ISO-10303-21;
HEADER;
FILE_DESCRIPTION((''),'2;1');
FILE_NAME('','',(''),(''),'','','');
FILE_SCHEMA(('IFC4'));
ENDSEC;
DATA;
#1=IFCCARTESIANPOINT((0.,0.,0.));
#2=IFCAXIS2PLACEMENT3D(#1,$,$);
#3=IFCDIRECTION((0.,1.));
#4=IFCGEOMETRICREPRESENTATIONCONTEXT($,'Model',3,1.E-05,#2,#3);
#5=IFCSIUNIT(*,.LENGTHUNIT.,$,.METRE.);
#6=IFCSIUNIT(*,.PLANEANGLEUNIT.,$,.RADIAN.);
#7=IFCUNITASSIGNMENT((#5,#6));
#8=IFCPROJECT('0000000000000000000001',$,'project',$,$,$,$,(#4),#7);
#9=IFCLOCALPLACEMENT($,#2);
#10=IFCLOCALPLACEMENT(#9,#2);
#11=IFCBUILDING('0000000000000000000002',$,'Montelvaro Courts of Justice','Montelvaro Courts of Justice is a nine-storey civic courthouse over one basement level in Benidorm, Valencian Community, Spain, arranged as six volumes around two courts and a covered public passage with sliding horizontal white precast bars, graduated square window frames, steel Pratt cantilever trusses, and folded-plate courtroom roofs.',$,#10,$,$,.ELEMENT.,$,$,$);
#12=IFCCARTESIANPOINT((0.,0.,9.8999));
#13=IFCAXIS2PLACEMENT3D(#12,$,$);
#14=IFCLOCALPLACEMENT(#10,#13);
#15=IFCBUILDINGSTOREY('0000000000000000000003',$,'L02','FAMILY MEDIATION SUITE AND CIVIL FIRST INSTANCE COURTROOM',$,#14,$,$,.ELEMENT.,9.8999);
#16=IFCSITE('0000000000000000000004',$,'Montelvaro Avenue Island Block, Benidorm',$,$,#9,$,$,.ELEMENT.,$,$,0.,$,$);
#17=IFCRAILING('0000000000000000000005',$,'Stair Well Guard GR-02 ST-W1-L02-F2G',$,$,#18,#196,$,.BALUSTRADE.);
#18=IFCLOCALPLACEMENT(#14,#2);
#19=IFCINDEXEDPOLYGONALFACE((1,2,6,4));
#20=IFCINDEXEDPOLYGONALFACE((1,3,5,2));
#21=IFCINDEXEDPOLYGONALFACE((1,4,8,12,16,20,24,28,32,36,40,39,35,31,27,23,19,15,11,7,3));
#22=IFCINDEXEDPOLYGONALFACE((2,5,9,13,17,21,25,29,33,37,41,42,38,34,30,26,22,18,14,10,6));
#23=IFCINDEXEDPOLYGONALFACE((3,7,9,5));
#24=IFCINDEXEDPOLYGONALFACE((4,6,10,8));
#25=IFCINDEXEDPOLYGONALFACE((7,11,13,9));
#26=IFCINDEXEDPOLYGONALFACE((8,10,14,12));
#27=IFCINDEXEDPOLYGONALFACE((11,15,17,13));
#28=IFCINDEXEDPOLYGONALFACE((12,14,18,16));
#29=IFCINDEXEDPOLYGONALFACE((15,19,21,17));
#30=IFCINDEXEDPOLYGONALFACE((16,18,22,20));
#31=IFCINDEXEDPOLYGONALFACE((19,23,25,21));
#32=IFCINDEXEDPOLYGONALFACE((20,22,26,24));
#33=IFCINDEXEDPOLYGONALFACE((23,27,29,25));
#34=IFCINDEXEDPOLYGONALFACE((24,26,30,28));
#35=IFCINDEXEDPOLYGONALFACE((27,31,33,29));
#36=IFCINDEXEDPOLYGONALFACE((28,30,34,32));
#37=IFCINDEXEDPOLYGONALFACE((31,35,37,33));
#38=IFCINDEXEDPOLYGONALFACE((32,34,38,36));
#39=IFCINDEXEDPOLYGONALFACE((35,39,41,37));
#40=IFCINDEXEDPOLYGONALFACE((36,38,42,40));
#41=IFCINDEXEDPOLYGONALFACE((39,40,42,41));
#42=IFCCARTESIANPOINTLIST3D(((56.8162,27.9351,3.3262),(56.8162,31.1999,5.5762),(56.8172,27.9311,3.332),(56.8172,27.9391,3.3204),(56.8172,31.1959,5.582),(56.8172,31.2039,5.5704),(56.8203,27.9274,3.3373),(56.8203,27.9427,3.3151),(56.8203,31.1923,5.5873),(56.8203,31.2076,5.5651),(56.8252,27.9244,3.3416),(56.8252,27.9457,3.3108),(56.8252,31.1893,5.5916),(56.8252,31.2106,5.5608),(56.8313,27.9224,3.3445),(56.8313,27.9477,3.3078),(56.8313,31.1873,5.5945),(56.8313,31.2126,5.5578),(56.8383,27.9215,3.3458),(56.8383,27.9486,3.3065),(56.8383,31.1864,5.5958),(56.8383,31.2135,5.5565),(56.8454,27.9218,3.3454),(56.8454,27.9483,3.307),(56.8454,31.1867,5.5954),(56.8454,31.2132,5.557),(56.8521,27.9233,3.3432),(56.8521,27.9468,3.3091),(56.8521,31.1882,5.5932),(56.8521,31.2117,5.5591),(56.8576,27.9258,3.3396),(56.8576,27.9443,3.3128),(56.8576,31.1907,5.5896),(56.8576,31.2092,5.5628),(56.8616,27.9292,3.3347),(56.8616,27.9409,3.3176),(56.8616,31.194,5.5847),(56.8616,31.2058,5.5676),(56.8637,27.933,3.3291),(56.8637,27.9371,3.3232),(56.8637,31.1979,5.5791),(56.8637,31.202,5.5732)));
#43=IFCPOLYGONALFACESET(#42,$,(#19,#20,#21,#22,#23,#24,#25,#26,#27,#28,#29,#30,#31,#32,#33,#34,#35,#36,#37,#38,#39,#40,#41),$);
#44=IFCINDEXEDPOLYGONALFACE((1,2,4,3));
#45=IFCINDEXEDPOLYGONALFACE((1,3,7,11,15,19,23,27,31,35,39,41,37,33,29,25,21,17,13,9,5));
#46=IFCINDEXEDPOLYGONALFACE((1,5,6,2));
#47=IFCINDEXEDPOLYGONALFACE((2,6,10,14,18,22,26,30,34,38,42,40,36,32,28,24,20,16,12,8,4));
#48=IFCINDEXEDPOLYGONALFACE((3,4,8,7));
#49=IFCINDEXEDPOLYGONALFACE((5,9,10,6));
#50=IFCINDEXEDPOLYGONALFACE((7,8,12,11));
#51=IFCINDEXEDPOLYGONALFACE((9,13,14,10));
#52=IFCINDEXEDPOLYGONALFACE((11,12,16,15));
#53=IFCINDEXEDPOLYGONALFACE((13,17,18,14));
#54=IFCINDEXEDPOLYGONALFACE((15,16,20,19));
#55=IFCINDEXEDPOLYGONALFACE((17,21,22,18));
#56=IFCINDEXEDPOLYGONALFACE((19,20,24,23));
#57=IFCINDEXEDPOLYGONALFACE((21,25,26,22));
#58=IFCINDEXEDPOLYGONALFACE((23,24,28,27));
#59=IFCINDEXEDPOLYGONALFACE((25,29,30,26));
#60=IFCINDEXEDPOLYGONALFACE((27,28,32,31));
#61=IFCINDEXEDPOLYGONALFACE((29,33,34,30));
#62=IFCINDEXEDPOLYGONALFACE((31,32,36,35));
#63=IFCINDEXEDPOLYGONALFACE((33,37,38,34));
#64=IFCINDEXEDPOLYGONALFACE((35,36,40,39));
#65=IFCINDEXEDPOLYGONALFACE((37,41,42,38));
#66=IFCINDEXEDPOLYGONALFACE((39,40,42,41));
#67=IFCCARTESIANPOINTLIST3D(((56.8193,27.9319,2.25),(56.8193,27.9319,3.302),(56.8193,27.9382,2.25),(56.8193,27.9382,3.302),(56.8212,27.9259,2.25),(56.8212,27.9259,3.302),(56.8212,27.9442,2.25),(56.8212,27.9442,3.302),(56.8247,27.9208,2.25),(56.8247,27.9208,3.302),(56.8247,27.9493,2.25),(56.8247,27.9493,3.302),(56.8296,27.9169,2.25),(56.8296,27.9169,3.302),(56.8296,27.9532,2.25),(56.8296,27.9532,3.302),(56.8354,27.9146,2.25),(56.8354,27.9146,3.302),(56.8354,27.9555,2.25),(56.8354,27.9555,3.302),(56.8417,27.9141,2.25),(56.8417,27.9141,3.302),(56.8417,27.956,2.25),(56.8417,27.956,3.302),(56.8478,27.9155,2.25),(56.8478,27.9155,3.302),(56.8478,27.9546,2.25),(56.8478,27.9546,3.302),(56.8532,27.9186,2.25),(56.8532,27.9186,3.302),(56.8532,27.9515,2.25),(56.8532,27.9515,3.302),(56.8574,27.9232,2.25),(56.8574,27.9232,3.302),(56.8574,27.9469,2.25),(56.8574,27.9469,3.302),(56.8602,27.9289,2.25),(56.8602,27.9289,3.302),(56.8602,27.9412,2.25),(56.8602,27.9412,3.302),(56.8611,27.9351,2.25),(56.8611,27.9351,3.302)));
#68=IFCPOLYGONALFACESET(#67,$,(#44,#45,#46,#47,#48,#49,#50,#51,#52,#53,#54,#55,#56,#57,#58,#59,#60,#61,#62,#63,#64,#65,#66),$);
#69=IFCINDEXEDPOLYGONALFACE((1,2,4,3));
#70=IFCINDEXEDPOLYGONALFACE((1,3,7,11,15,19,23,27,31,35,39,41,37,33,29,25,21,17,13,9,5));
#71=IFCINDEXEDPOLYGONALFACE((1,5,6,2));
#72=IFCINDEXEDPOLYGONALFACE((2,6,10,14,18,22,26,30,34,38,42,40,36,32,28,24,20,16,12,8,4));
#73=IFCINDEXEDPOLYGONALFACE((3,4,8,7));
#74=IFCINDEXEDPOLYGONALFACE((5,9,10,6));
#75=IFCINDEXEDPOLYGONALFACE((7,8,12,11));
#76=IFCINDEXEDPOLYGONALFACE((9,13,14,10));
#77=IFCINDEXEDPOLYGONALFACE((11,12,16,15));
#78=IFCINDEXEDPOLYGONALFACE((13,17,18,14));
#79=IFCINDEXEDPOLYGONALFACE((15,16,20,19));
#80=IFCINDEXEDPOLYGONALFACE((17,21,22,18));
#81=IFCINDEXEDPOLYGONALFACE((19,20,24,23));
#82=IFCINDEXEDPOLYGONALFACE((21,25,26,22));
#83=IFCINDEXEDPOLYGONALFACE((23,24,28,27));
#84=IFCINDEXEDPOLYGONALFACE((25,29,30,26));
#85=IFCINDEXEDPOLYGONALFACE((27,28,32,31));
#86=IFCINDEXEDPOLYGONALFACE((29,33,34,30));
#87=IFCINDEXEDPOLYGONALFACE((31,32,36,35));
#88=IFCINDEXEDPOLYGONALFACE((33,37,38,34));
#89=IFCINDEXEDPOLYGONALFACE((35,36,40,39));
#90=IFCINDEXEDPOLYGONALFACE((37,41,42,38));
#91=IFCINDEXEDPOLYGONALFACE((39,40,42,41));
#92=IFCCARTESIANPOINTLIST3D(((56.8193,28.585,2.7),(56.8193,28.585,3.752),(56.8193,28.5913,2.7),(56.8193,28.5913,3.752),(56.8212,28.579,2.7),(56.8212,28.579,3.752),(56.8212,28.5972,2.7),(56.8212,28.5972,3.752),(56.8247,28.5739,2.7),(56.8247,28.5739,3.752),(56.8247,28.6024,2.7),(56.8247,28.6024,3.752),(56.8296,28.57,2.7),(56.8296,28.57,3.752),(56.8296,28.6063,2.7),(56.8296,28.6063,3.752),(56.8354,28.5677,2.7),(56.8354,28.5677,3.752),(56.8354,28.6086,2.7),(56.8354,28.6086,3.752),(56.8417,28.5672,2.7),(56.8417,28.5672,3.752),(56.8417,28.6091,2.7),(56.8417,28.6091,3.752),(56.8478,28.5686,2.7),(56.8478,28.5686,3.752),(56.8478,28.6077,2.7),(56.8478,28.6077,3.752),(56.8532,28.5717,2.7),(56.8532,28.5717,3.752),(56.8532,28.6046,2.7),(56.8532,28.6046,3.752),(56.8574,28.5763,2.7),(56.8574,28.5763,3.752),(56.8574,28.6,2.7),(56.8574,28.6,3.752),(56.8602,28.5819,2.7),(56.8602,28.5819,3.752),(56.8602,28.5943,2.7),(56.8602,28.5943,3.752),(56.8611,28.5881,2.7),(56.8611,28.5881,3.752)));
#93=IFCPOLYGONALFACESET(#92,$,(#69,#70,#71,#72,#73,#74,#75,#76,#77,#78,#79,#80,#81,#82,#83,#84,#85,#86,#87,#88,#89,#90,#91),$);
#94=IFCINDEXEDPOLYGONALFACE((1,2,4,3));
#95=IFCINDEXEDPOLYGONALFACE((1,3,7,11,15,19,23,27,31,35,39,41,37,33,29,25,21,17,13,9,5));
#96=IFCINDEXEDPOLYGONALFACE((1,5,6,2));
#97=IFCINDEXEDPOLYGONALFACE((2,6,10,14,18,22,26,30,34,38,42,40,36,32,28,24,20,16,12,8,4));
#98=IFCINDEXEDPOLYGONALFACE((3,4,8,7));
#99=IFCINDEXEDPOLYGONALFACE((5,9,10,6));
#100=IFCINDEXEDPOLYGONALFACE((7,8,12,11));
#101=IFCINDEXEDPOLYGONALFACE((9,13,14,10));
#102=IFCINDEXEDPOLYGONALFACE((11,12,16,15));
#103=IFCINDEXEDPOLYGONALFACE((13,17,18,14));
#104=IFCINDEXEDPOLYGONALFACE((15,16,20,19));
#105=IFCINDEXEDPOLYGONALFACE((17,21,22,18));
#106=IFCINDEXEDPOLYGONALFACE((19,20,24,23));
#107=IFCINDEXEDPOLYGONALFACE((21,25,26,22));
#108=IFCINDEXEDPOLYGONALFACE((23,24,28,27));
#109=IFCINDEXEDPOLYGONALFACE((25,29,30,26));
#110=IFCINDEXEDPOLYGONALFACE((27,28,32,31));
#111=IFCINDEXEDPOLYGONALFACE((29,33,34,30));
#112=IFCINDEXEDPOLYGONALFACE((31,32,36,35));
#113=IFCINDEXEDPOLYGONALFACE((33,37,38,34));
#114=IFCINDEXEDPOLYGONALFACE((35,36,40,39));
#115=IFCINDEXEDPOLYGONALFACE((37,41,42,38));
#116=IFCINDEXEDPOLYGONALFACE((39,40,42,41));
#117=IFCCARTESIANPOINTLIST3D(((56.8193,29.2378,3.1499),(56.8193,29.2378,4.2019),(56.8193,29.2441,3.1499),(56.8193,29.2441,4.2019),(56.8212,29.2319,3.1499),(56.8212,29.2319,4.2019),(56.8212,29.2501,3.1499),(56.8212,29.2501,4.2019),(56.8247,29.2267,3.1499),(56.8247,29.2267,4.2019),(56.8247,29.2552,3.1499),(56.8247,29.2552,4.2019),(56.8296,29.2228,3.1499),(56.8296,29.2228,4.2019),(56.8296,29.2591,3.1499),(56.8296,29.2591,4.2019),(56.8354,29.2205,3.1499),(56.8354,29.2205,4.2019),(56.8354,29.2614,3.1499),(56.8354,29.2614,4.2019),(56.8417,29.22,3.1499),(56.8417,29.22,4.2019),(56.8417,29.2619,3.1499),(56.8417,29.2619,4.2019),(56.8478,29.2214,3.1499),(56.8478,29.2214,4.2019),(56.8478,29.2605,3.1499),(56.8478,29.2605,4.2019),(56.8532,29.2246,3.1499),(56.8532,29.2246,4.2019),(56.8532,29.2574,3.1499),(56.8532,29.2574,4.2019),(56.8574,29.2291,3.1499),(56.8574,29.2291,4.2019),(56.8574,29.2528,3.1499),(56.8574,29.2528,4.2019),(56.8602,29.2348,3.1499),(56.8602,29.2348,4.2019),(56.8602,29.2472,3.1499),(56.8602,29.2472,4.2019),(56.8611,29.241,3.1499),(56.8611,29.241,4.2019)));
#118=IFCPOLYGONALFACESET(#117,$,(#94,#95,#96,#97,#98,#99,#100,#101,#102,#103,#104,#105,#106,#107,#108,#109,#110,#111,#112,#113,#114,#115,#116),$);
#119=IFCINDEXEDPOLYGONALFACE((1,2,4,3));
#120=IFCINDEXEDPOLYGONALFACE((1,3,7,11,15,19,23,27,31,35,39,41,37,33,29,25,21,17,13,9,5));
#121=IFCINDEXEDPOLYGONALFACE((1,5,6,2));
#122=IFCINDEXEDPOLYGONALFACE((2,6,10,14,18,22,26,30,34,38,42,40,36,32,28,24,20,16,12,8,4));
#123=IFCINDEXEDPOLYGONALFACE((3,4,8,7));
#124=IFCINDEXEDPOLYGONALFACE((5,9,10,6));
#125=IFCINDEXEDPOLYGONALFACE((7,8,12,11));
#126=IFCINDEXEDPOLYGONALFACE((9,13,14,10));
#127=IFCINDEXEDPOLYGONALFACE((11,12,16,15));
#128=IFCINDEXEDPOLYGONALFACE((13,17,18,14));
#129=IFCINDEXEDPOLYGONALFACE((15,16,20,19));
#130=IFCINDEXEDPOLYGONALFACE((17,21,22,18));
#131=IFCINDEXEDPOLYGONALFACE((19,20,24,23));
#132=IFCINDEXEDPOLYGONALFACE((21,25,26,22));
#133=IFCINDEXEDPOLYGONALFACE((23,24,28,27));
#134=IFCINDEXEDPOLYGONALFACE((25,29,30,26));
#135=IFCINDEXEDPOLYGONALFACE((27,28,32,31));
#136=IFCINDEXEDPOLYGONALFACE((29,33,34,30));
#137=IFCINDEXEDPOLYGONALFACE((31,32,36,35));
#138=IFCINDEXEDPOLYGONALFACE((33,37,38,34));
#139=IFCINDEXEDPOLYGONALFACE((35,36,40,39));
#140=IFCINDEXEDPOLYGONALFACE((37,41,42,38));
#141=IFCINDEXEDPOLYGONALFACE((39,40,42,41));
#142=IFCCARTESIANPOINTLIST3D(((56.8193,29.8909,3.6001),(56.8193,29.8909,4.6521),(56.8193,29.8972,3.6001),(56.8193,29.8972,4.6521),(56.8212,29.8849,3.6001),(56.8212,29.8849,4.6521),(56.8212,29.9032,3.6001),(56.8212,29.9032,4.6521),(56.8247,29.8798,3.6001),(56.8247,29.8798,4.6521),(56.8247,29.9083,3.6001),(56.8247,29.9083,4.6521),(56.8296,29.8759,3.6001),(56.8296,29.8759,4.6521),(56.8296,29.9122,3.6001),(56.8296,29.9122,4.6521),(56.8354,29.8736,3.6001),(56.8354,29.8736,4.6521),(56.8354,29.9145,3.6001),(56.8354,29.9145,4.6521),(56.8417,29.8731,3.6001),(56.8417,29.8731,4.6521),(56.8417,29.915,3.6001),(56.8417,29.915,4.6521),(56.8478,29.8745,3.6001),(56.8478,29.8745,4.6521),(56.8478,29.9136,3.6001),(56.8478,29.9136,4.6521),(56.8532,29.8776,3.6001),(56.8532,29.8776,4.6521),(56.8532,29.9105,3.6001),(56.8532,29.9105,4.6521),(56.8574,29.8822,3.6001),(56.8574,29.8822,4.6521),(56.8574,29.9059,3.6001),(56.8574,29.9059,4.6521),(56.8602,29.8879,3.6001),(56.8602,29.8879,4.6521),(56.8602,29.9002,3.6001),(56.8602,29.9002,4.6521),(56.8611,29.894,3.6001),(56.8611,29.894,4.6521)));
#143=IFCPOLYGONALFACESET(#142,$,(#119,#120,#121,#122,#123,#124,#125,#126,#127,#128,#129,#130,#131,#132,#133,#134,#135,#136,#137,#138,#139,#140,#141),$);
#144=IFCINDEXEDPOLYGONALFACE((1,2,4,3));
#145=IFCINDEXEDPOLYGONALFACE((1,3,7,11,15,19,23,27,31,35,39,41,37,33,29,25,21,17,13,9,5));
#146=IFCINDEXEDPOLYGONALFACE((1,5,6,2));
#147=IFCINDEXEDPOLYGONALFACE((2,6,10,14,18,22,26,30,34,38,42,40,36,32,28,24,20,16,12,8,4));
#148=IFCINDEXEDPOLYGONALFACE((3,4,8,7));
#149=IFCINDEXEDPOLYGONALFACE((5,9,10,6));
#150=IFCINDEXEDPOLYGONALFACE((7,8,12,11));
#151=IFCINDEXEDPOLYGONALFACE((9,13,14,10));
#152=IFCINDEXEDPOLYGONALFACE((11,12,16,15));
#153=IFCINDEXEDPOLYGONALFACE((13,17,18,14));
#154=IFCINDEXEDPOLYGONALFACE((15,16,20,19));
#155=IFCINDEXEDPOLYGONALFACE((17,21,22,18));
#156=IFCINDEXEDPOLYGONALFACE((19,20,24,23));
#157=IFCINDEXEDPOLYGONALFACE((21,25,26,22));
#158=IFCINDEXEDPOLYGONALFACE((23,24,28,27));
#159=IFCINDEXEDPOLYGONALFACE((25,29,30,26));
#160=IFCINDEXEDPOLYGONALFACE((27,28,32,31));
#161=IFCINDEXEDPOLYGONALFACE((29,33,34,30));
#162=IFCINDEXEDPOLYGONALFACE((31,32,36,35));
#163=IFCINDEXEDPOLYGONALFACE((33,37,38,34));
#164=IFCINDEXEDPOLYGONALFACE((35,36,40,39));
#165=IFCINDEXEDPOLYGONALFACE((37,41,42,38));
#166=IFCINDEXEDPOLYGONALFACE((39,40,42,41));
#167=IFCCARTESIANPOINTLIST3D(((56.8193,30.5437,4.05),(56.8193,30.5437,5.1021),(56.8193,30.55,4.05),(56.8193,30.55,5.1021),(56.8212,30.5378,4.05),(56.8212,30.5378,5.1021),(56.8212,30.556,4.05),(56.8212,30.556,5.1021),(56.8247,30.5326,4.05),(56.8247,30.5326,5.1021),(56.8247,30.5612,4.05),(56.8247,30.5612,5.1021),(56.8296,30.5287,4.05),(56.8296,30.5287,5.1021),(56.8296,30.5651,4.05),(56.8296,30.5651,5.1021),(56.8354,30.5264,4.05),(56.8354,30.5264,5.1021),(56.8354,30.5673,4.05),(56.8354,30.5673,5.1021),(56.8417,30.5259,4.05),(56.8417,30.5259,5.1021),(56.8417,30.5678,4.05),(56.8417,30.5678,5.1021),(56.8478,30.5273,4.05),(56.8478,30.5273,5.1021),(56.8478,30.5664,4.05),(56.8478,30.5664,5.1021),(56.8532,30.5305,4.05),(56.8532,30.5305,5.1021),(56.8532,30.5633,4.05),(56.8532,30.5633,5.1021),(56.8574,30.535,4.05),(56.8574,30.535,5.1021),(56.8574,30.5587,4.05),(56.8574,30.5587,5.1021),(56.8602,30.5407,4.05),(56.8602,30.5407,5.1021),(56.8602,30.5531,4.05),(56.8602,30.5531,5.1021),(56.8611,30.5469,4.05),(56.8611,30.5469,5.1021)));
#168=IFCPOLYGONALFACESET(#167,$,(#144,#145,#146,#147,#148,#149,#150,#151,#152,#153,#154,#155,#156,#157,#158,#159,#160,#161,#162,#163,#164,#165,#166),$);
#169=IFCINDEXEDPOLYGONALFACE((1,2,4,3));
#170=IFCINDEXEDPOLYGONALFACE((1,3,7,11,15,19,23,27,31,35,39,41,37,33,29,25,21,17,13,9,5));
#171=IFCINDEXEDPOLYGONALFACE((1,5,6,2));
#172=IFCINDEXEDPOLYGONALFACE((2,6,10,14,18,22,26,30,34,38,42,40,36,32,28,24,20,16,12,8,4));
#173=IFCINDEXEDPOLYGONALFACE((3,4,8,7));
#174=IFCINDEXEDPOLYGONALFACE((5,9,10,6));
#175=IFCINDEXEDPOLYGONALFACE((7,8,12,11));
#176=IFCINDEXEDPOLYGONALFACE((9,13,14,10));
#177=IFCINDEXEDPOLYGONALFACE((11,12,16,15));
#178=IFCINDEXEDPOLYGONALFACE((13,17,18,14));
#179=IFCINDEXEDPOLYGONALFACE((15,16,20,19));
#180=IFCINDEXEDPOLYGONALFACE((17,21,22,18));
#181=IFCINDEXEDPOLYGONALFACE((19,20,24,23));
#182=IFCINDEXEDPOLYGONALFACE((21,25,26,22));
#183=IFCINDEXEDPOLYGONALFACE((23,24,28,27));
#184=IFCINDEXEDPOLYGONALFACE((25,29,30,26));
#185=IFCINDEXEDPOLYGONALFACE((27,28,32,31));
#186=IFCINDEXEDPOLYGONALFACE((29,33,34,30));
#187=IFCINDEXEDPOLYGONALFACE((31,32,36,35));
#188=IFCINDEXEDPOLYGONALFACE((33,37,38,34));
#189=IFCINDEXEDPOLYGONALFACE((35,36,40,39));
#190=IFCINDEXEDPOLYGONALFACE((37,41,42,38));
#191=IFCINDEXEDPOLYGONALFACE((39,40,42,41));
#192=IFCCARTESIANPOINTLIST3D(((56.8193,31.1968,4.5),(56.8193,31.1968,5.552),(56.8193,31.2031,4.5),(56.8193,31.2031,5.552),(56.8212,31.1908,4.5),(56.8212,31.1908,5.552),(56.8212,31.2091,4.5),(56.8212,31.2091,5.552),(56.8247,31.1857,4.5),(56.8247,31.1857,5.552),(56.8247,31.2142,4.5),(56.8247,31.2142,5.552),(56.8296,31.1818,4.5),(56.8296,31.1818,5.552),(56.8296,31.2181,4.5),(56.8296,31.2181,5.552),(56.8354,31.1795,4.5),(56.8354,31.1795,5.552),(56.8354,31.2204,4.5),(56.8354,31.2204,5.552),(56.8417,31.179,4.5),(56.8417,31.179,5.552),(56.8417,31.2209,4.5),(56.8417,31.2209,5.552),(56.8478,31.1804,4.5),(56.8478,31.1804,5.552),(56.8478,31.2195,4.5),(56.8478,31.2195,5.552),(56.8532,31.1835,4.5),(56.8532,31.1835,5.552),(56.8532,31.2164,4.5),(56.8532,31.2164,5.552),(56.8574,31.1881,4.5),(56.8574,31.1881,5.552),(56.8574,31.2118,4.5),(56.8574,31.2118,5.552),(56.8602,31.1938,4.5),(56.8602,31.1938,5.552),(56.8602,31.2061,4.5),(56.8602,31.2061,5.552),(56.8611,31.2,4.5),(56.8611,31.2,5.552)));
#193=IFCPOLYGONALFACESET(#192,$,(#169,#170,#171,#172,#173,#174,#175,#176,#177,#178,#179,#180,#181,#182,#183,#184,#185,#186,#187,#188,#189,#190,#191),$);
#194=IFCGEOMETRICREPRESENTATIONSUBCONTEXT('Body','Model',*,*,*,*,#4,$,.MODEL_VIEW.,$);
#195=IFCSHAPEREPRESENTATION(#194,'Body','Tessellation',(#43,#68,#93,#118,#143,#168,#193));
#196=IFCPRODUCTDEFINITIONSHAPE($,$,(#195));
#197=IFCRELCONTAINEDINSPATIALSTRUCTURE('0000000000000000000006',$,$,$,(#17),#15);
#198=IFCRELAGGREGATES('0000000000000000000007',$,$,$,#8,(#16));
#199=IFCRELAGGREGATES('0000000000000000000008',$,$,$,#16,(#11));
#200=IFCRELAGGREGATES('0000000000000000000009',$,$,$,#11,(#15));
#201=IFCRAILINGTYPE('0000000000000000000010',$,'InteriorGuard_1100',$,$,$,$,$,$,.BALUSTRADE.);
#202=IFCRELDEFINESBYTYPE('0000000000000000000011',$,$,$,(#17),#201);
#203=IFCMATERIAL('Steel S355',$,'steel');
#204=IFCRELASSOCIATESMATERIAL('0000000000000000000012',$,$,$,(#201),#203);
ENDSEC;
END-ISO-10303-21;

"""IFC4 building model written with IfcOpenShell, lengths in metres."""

from ifc_helpers import new_model, si_unit, direction, frame, origin, origin_2d, place, context, subcontext, project, spatial, circle, extrude, material, type_object, element, save


model = new_model("IFC4")

# Units and contexts
model_context = context("Model", 3, precision=1e-05, world=origin(), true_north=direction((0.0, 1.0)))
body_context = subcontext(model_context, "Body", "Model", "MODEL_VIEW")
ifc_project = project(units=[si_unit("LENGTHUNIT", "METRE"), si_unit("PLANEANGLEUNIT", "RADIAN")], contexts=[model_context])

# Site, building, storey
site_placement = place(None, origin())
site = spatial("IfcSite", under=ifc_project, at=site_placement, Name="Montelvaro Avenue Island Block, Benidorm", CompositionType="ELEMENT", RefElevation=0.0)
building_placement = place(site_placement, origin())
building = spatial("IfcBuilding", under=site, at=building_placement, Name="Montelvaro Courts of Justice", Description="Montelvaro Courts of Justice is a nine-storey civic courthouse over one basement level in Benidorm, Valencian Community, Spain, arranged as six volumes around two courts and a covered public passage with sliding horizontal white precast bars, graduated square window frames, steel Pratt cantilever trusses, and folded-plate courtroom roofs.", CompositionType="ELEMENT")
storey_placement = place(building_placement, frame((0.0, 0.0, 9.8999)))
storey = spatial("IfcBuildingStorey", under=building, at=storey_placement, Name="L02", Description="FAMILY MEDIATION SUITE AND CIVIL FIRST INSTANCE COURTROOM", CompositionType="ELEMENT", Elevation=9.8999)

# Shared definitions
ifc_material_1 = material(Name="Steel S355", Category="steel")

# Railing
railing_type_1 = type_object("IfcRailingType", Name="InteriorGuard_1100", PredefinedType="BALUSTRADE", material=ifc_material_1)
railing_1_placement = place(storey_placement, frame((56.8401, 27.9351, 2.25)))
element("IfcRailing", 1, at=railing_1_placement, inside=storey, type_object=railing_type_1, Name="Stair Well Guard GR-02 ST-W1-L02-F2G", PredefinedType="BALUSTRADE", context=body_context, shape_type="SweptSolid", body=[
    extrude(circle(Radius=0.0239, at=origin_2d()), frame((0.0, 0.0, 1.0762), z_axis=(0.0, 0.823407, 0.567451), x_axis=(-1.0, 0.0, 0.0)), (0.0, 0.0, 1.0), 3.9651),
    extrude(circle(Radius=0.021, at=origin_2d()), origin(), (0.0, 0.0, 1.0), 1.052),
    extrude(circle(Radius=0.021, at=origin_2d()), frame((0.0, 0.6531, 0.45)), (0.0, 0.0, 1.0), 1.052),
    extrude(circle(Radius=0.021, at=origin_2d()), frame((0.0, 1.3059, 0.8999)), (0.0, 0.0, 1.0), 1.052),
    extrude(circle(Radius=0.021, at=origin_2d()), frame((0.0, 1.959, 1.3501)), (0.0, 0.0, 1.0), 1.052),
    extrude(circle(Radius=0.021, at=origin_2d()), frame((0.0, 2.6118, 1.8)), (0.0, 0.0, 1.0), 1.052),
    extrude(circle(Radius=0.021, at=origin_2d()), frame((0.0, 3.2649, 2.25)), (0.0, 0.0, 1.0), 1.052),
])

save(model, "model.ifc")
